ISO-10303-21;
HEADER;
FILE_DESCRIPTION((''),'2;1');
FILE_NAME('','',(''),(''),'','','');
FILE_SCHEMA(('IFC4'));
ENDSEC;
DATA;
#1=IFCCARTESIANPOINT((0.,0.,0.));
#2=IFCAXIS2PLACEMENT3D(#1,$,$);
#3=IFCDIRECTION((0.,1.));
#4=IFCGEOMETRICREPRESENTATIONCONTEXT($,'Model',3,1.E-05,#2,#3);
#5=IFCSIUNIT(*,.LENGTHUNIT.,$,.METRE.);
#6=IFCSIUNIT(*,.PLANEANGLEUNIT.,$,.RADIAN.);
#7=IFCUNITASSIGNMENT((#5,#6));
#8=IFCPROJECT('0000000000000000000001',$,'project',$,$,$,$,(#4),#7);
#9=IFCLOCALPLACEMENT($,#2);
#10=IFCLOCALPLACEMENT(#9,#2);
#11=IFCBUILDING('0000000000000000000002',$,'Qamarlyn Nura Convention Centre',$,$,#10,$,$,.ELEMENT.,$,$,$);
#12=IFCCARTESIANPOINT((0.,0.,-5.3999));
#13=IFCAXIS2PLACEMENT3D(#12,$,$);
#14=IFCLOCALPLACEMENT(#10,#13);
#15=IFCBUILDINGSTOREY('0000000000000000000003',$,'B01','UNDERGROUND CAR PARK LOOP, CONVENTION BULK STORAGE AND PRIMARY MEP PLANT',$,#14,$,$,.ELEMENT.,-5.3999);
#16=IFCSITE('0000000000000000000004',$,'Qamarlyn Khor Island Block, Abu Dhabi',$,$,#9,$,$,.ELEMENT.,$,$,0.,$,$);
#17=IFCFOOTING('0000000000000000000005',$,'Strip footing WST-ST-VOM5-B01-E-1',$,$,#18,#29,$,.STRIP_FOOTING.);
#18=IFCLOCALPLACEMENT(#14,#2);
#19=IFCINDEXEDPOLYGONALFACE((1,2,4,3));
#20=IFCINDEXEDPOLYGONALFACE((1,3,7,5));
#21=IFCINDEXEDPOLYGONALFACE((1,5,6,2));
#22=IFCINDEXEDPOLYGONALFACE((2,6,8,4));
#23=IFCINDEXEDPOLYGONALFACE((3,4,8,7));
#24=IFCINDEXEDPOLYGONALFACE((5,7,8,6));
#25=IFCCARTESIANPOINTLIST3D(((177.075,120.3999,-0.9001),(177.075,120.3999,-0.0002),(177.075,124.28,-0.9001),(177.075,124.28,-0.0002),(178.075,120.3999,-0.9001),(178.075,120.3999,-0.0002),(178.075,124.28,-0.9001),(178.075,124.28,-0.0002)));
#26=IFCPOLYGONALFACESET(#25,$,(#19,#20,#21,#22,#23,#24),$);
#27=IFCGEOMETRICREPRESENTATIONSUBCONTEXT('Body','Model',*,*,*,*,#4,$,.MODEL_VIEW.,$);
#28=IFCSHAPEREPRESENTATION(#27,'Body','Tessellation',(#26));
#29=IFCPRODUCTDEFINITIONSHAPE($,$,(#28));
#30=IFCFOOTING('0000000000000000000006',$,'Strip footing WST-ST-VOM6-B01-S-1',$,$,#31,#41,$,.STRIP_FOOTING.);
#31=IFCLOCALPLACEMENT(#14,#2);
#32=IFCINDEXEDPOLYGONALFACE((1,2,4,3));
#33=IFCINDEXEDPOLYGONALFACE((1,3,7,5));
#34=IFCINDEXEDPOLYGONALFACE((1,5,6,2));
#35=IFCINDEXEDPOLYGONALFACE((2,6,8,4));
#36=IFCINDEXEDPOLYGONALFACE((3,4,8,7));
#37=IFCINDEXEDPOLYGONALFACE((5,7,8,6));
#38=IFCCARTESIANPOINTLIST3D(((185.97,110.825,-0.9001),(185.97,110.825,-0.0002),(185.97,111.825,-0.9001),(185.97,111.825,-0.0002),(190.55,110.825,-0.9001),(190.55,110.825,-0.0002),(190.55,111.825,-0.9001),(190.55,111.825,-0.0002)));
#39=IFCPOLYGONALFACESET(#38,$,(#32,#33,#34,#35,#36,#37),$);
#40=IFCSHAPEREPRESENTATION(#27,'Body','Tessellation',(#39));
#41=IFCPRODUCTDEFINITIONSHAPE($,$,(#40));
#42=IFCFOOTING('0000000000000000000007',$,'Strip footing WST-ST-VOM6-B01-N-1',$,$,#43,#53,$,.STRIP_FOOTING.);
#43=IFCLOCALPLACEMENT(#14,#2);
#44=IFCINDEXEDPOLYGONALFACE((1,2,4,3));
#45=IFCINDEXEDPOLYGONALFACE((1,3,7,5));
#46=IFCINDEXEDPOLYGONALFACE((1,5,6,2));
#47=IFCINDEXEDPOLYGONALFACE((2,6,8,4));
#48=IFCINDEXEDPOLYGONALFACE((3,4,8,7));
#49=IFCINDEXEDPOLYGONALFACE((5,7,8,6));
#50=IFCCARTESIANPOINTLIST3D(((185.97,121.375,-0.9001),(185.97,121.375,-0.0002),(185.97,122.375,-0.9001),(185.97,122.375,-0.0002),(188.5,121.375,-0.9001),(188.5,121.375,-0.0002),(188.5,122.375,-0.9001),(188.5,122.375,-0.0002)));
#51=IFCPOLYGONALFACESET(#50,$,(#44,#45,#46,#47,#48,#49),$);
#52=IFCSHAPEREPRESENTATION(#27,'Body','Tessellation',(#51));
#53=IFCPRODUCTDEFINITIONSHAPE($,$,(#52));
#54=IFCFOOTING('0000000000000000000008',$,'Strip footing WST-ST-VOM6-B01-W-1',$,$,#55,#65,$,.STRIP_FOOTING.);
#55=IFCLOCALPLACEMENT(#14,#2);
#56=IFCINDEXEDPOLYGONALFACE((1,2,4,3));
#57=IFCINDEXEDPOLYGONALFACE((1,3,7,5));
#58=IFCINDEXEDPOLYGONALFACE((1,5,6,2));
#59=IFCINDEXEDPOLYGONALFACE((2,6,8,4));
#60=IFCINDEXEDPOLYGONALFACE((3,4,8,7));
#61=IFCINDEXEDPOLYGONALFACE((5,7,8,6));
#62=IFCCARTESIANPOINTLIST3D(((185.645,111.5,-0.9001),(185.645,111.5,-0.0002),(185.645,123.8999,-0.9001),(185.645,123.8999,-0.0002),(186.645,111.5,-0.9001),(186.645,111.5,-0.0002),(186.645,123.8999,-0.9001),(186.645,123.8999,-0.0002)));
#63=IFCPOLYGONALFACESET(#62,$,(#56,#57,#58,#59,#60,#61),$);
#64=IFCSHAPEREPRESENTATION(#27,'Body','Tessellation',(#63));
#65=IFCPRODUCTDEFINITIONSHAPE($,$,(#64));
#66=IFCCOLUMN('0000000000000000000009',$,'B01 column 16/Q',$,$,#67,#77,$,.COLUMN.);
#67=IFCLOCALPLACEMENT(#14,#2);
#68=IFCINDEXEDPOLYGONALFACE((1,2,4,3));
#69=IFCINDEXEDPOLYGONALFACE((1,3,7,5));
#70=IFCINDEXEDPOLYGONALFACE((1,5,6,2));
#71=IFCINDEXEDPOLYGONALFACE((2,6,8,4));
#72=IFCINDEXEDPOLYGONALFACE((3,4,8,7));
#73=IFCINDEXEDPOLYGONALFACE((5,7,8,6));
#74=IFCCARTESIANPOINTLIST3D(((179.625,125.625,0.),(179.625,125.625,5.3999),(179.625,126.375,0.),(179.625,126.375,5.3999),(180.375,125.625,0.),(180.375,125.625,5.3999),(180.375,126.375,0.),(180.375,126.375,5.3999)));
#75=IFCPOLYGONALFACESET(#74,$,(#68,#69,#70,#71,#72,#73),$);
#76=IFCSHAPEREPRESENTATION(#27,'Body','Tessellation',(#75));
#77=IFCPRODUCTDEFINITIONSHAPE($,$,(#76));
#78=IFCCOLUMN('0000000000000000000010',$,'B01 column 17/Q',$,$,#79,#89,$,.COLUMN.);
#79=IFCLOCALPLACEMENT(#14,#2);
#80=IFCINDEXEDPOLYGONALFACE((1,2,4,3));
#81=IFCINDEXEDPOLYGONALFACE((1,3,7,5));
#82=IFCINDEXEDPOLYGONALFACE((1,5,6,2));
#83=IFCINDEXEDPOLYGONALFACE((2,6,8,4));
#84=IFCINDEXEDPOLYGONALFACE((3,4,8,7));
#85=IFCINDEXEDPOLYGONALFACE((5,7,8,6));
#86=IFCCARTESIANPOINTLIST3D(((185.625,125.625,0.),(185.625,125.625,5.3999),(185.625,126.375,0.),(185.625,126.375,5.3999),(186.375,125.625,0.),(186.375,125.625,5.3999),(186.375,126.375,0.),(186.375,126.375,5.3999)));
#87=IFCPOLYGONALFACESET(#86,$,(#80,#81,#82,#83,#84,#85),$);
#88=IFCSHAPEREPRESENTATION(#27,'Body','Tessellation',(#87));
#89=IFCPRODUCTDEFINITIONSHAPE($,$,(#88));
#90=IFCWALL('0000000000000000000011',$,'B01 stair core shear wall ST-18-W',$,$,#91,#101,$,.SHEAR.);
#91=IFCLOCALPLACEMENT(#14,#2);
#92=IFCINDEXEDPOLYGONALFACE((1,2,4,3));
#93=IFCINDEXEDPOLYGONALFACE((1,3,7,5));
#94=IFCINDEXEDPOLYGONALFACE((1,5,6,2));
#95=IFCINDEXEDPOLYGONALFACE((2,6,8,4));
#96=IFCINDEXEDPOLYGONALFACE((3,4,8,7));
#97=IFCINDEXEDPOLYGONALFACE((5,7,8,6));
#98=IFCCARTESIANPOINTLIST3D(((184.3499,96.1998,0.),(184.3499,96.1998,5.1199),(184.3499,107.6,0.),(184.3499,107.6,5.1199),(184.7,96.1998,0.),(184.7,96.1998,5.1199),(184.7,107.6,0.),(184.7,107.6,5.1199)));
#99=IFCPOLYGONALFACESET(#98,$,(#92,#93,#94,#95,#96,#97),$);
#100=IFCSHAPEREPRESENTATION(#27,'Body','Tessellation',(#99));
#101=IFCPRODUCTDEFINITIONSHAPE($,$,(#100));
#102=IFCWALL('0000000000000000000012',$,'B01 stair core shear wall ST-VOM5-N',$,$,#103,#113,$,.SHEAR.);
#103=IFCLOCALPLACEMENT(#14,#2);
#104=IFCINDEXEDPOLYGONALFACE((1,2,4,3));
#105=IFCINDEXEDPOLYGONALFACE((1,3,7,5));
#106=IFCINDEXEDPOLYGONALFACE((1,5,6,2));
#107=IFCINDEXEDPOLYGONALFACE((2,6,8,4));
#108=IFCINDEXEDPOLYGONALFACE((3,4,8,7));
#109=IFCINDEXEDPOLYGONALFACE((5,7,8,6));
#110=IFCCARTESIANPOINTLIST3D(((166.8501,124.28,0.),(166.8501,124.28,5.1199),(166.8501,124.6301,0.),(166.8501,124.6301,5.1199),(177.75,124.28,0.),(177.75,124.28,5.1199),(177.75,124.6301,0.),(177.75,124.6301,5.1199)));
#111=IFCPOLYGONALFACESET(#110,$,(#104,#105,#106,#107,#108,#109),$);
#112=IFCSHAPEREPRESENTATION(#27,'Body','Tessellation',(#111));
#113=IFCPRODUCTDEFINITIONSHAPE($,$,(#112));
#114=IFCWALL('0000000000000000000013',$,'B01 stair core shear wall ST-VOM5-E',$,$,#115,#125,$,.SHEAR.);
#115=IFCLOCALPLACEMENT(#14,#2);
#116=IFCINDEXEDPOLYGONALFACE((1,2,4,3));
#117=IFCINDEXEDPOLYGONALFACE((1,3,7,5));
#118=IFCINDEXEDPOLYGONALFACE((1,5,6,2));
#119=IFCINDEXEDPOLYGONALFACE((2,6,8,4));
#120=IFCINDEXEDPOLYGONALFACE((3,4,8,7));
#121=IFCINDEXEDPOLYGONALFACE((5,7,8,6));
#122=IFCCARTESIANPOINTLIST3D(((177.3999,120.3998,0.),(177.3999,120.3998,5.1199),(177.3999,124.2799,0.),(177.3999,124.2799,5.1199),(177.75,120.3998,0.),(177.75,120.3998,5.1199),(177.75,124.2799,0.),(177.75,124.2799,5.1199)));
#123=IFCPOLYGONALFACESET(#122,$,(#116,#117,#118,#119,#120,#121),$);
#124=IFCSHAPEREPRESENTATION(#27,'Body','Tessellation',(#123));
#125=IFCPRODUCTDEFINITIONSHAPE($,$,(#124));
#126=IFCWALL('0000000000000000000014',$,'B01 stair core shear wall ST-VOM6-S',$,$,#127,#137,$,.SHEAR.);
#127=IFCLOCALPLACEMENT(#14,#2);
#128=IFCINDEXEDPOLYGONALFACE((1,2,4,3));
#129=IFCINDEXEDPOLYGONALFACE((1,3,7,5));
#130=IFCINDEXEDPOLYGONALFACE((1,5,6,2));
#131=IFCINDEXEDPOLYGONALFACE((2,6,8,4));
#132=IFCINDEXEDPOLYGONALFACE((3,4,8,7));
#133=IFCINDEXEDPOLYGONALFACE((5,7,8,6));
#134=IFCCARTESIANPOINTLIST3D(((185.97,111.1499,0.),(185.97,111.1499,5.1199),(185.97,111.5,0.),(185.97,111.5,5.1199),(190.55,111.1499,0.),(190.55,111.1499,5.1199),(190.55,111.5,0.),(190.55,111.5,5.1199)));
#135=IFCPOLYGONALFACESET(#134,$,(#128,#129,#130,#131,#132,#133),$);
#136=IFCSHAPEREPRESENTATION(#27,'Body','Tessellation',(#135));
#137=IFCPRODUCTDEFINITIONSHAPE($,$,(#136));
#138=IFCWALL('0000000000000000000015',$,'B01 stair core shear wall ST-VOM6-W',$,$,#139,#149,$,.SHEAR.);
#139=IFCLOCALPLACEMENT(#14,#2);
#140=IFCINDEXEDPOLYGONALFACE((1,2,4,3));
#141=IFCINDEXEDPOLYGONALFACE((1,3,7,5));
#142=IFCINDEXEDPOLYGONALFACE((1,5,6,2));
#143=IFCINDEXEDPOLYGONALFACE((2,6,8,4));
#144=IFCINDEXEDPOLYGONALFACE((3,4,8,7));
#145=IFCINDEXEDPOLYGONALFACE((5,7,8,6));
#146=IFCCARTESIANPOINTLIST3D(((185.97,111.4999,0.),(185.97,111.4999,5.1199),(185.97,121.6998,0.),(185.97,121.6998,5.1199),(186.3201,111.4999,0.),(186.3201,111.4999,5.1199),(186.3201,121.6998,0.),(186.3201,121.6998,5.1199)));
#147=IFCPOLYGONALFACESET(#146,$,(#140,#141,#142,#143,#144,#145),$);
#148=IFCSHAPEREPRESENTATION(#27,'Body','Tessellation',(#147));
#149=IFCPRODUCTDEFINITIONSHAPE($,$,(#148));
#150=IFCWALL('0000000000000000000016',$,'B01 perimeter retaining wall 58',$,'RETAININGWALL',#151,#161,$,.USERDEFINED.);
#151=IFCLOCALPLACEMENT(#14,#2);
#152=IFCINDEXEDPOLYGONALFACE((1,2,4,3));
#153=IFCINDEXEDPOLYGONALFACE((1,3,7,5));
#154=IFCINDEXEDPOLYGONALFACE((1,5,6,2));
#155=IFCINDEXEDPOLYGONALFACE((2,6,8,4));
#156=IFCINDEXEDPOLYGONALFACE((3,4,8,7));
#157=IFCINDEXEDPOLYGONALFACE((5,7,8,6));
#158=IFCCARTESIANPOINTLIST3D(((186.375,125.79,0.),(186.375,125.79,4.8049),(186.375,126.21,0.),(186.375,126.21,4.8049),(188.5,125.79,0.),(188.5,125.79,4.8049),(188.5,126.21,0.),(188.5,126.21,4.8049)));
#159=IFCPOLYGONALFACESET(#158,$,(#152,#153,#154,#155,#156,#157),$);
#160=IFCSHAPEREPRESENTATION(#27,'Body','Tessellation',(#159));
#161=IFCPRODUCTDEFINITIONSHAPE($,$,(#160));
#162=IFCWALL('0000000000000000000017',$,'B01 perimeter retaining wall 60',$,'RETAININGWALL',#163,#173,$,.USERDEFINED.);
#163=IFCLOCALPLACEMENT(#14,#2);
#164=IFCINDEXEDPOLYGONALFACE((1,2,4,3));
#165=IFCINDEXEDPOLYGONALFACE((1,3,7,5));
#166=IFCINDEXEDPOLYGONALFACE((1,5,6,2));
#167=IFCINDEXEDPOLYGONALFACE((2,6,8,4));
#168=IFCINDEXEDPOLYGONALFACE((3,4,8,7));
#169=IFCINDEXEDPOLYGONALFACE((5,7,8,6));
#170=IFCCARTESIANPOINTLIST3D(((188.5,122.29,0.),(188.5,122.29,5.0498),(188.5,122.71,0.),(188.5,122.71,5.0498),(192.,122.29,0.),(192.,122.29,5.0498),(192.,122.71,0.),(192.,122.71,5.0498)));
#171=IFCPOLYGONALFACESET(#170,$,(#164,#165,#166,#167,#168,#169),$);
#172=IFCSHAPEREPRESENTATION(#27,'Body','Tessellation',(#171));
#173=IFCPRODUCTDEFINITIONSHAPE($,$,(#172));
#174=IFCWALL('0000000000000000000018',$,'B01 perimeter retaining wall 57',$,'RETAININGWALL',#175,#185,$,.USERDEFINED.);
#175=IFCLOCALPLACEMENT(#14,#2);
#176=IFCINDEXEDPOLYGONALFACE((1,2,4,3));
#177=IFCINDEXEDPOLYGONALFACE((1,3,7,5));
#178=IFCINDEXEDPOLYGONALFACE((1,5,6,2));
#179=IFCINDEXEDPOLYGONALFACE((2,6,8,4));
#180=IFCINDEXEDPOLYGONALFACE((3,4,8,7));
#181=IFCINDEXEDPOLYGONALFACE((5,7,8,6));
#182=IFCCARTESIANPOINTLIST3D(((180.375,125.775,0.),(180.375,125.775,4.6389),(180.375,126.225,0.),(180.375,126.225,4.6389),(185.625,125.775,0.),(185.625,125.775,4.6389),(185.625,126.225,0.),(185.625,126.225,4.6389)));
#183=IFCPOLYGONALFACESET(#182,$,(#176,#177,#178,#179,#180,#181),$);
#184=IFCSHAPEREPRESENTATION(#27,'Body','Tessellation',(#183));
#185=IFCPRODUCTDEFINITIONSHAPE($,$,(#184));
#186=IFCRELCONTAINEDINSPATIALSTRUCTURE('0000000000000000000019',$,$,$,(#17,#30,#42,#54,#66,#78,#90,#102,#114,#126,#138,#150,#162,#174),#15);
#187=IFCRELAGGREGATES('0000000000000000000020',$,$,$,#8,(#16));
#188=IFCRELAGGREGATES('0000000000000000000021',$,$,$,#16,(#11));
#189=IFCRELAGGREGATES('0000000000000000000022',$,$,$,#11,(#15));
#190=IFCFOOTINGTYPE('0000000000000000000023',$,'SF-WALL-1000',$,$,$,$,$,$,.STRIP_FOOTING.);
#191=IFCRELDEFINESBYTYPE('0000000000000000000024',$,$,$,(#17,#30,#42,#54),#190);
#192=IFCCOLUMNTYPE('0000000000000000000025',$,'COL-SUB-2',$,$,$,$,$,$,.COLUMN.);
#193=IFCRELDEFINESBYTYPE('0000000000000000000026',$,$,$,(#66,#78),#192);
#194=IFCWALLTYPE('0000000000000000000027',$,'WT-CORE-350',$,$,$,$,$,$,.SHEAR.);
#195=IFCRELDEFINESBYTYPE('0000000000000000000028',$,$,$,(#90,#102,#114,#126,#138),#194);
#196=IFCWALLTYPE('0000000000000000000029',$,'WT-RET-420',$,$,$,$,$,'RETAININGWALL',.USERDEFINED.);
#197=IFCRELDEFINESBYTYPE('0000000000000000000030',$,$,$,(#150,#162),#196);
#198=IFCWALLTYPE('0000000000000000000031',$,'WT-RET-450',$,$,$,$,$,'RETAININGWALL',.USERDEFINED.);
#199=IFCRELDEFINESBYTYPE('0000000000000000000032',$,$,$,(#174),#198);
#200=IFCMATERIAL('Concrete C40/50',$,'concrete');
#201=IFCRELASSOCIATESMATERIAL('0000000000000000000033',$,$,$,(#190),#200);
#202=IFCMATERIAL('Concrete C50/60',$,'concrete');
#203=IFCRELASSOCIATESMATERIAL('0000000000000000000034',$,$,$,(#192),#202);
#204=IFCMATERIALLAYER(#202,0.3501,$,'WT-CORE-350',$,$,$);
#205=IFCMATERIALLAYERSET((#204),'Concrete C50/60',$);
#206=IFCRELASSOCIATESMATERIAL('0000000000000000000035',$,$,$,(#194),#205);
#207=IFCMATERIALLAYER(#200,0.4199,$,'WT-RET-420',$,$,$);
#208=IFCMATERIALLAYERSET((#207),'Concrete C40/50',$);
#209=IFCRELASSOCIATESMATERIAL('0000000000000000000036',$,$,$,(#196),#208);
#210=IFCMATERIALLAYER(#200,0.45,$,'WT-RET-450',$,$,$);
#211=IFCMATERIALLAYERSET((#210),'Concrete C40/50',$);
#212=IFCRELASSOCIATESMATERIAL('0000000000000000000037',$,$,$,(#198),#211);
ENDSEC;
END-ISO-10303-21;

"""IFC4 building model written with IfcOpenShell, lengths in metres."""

from ifc_helpers import new_model, si_unit, direction, frame, frame_2d, origin, origin_2d, place, context, subcontext, project, spatial, rectangle, extrude, material, layer, layer_set, material_profile, profile_set, type_object, element, save


model = new_model("IFC4")

# Units and contexts
model_context = context("Model", 3, precision=1e-05, world=origin(), true_north=direction((0.0, 1.0)))
body_context = subcontext(model_context, "Body", "Model", "MODEL_VIEW")
ifc_project = project(units=[si_unit("LENGTHUNIT", "METRE"), si_unit("PLANEANGLEUNIT", "RADIAN")], contexts=[model_context])

# Site, building, storey
site_placement = place(None, origin())
site = spatial("IfcSite", under=ifc_project, at=site_placement, Name="Qamarlyn Khor Island Block, Abu Dhabi", CompositionType="ELEMENT", RefElevation=0.0)
building_placement = place(site_placement, origin())
building = spatial("IfcBuilding", under=site, at=building_placement, Name="Qamarlyn Nura Convention Centre", CompositionType="ELEMENT")
storey_placement = place(building_placement, frame((0.0, 0.0, -5.3999)))
storey = spatial("IfcBuildingStorey", under=building, at=storey_placement, Name="B01", Description="UNDERGROUND CAR PARK LOOP, CONVENTION BULK STORAGE AND PRIMARY MEP PLANT", CompositionType="ELEMENT", Elevation=-5.3999)

# Shared definitions
ifc_material_1 = material(Name="Concrete C40/50", Category="concrete")

# Footings
ifc_material_profile_1 = material_profile(ifc_material_1, rectangle(XDim=1.0, YDim=0.8999, at=origin_2d()), Name="RC STRIP 1000x900")
ifc_profile_set_1 = profile_set([ifc_material_profile_1], Name="Concrete C40/50")
footing_type_1 = type_object("IfcFootingType", Name="SF-WALL-1000", PredefinedType="STRIP_FOOTING", material=ifc_profile_set_1)
footing_1_placement = place(storey_placement, frame((177.575, 120.3999, -0.4502), z_axis=(0.0, 1.0, 0.0), x_axis=(-1.0, 0.0, 0.0)))
element("IfcFooting", 1, at=footing_1_placement, inside=storey, type_object=footing_type_1, Name="Strip footing WST-ST-VOM5-B01-E-1", PredefinedType="STRIP_FOOTING", context=body_context, shape_type="SweptSolid", body=[
    extrude(rectangle(XDim=1.0, YDim=0.8999, at=origin_2d()), origin(), (0.0, 0.0, 1.0), 3.8801),
])
footing_2_placement = place(storey_placement, frame((185.97, 111.325, -0.4502), z_axis=(1.0, 0.0, 0.0), x_axis=(0.0, 1.0, 0.0)))
element("IfcFooting", 2, at=footing_2_placement, inside=storey, type_object=footing_type_1, Name="Strip footing WST-ST-VOM6-B01-S-1", PredefinedType="STRIP_FOOTING", context=body_context, shape_type="SweptSolid", body=[
    extrude(rectangle(XDim=1.0, YDim=0.8999, at=origin_2d()), origin(), (0.0, 0.0, 1.0), 4.5801),
])
footing_3_placement = place(storey_placement, frame((188.5, 121.875, -0.4502), z_axis=(-1.0, 0.0, 0.0), x_axis=(0.0, -1.0, 0.0)))
element("IfcFooting", 3, at=footing_3_placement, inside=storey, type_object=footing_type_1, Name="Strip footing WST-ST-VOM6-B01-N-1", PredefinedType="STRIP_FOOTING", context=body_context, shape_type="SweptSolid", body=[
    extrude(rectangle(XDim=1.0, YDim=0.8999, at=origin_2d()), origin(), (0.0, 0.0, 1.0), 2.53),
])
footing_4_placement = place(storey_placement, frame((186.145, 123.8999, -0.4502), z_axis=(0.0, -1.0, 0.0), x_axis=(1.0, 0.0, 0.0)))
element("IfcFooting", 4, at=footing_4_placement, inside=storey, type_object=footing_type_1, Name="Strip footing WST-ST-VOM6-B01-W-1", PredefinedType="STRIP_FOOTING", context=body_context, shape_type="SweptSolid", body=[
    extrude(rectangle(XDim=1.0, YDim=0.8999, at=origin_2d()), origin(), (0.0, 0.0, 1.0), 12.3999),
])

# Columns
ifc_material_2 = material(Name="Concrete C50/60", Category="concrete")
ifc_material_profile_2 = material_profile(ifc_material_2, rectangle(XDim=0.75, YDim=0.75, at=origin_2d()), Name="RC 750x750")
ifc_profile_set_2 = profile_set([ifc_material_profile_2], Name="Concrete C50/60")
column_type = type_object("IfcColumnType", Name="COL-SUB-2", PredefinedType="COLUMN", material=ifc_profile_set_2)
for number, where, z_axis, x_axis, name in (
    (5, (180.0, 126.0, 0.0), (0.0, 0.0, 1.0), (1.0, 0.0, 0.0), "B01 column 16/Q"),
    (6, (186.0, 126.0, 0.0), (0.0, 0.0, 1.0), (1.0, 0.0, 0.0), "B01 column 17/Q"),
):
    element("IfcColumn", number, at=place(storey_placement, frame(where, z_axis=z_axis, x_axis=x_axis)), inside=storey, type_object=column_type, Name=name, PredefinedType="COLUMN", context=body_context, shape_type="SweptSolid", body=[
        extrude(rectangle(XDim=0.75, YDim=0.75, at=origin_2d()), origin(), (0.0, 0.0, 1.0), 5.3999),
    ])

# Walls
ifc_layer_1 = layer(ifc_material_2, 0.3501, Name="WT-CORE-350")
ifc_layer_set_1 = layer_set([ifc_layer_1], Name="Concrete C50/60")
wall_type_1 = type_object("IfcWallType", Name="WT-CORE-350", PredefinedType="SHEAR", material=ifc_layer_set_1)
wall_1_placement = place(storey_placement, frame((184.5249, 107.6001, 0.0), z_axis=(0.0, 0.0, 1.0), x_axis=(0.0, -1.0, 0.0)))
element("IfcWall", 7, at=wall_1_placement, inside=storey, type_object=wall_type_1, Name="B01 stair core shear wall ST-18-W", PredefinedType="SHEAR", context=body_context, shape_type="SweptSolid", body=[
    extrude(rectangle(XDim=11.4001, YDim=0.3501, at=frame_2d((5.7002, 0.0))), origin(), (0.0, 0.0, 1.0), 5.1199),
])
wall_2_placement = place(storey_placement, frame((177.75, 124.4551, 0.0), z_axis=(0.0, 0.0, 1.0), x_axis=(-1.0, 0.0, 0.0)))
element("IfcWall", 8, at=wall_2_placement, inside=storey, type_object=wall_type_1, Name="B01 stair core shear wall ST-VOM5-N", PredefinedType="SHEAR", context=body_context, shape_type="SweptSolid", body=[
    extrude(rectangle(XDim=10.8999, YDim=0.3501, at=frame_2d((5.45, 0.0))), origin(), (0.0, 0.0, 1.0), 5.1199),
])
wall_3_placement = place(storey_placement, frame((177.575, 120.3999, 0.0), z_axis=(0.0, 0.0, 1.0), x_axis=(0.0, 1.0, 0.0)))
element("IfcWall", 9, at=wall_3_placement, inside=storey, type_object=wall_type_1, Name="B01 stair core shear wall ST-VOM5-E", PredefinedType="SHEAR", context=body_context, shape_type="SweptSolid", body=[
    extrude(rectangle(XDim=3.8801, YDim=0.3501, at=frame_2d((1.9399, 0.0))), origin(), (0.0, 0.0, 1.0), 5.1199),
])
wall_4_placement = place(storey_placement, frame((185.97, 111.325, 0.0), z_axis=(0.0, 0.0, 1.0), x_axis=(1.0, 0.0, 0.0)))
element("IfcWall", 10, at=wall_4_placement, inside=storey, type_object=wall_type_1, Name="B01 stair core shear wall ST-VOM6-S", PredefinedType="SHEAR", context=body_context, shape_type="SweptSolid", body=[
    extrude(rectangle(XDim=4.5801, YDim=0.3501, at=frame_2d((2.29, 0.0))), origin(), (0.0, 0.0, 1.0), 5.1199),
])
wall_5_placement = place(storey_placement, frame((186.145, 121.7, 0.0), z_axis=(0.0, 0.0, 1.0), x_axis=(0.0, -1.0, 0.0)))
element("IfcWall", 11, at=wall_5_placement, inside=storey, type_object=wall_type_1, Name="B01 stair core shear wall ST-VOM6-W", PredefinedType="SHEAR", context=body_context, shape_type="SweptSolid", body=[
    extrude(rectangle(XDim=10.2, YDim=0.3501, at=frame_2d((5.1001, 0.0))), origin(), (0.0, 0.0, 1.0), 5.1199),
])
ifc_layer_2 = layer(ifc_material_1, 0.4199, Name="WT-RET-420")
ifc_layer_set_2 = layer_set([ifc_layer_2], Name="Concrete C40/50")
wall_type_2 = type_object("IfcWallType", Name="WT-RET-420", ElementType="RETAININGWALL", PredefinedType="USERDEFINED", material=ifc_layer_set_2)
wall_6_placement = place(storey_placement, frame((186.375, 126.0, 0.0), z_axis=(0.0, 0.0, 1.0), x_axis=(1.0, 0.0, 0.0)))
element("IfcWall", 12, at=wall_6_placement, inside=storey, type_object=wall_type_2, Name="B01 perimeter retaining wall 58", ObjectType="RETAININGWALL", PredefinedType="USERDEFINED", context=body_context, shape_type="SweptSolid", body=[
    extrude(rectangle(XDim=2.125, YDim=0.4199, at=frame_2d((1.0625, 0.0))), origin(), (0.0, 0.0, 1.0), 4.8049),
])
wall_7_placement = place(storey_placement, frame((188.5, 122.5, 0.0), z_axis=(0.0, 0.0, 1.0), x_axis=(1.0, 0.0, 0.0)))
element("IfcWall", 13, at=wall_7_placement, inside=storey, type_object=wall_type_2, Name="B01 perimeter retaining wall 60", ObjectType="RETAININGWALL", PredefinedType="USERDEFINED", context=body_context, shape_type="SweptSolid", body=[
    extrude(rectangle(XDim=3.5, YDim=0.4199, at=frame_2d((1.75, 0.0))), origin(), (0.0, 0.0, 1.0), 5.0498),
])
ifc_layer_3 = layer(ifc_material_1, 0.45, Name="WT-RET-450")
ifc_layer_set_3 = layer_set([ifc_layer_3], Name="Concrete C40/50")
wall_type_3 = type_object("IfcWallType", Name="WT-RET-450", ElementType="RETAININGWALL", PredefinedType="USERDEFINED", material=ifc_layer_set_3)
wall_8_placement = place(storey_placement, frame((180.375, 126.0, 0.0), z_axis=(0.0, 0.0, 1.0), x_axis=(1.0, 0.0, 0.0)))
element("IfcWall", 14, at=wall_8_placement, inside=storey, type_object=wall_type_3, Name="B01 perimeter retaining wall 57", ObjectType="RETAININGWALL", PredefinedType="USERDEFINED", context=body_context, shape_type="SweptSolid", body=[
    extrude(rectangle(XDim=5.25, YDim=0.45, at=frame_2d((2.625, 0.0))), origin(), (0.0, 0.0, 1.0), 4.6389),
])

save(model, "model.ifc")
